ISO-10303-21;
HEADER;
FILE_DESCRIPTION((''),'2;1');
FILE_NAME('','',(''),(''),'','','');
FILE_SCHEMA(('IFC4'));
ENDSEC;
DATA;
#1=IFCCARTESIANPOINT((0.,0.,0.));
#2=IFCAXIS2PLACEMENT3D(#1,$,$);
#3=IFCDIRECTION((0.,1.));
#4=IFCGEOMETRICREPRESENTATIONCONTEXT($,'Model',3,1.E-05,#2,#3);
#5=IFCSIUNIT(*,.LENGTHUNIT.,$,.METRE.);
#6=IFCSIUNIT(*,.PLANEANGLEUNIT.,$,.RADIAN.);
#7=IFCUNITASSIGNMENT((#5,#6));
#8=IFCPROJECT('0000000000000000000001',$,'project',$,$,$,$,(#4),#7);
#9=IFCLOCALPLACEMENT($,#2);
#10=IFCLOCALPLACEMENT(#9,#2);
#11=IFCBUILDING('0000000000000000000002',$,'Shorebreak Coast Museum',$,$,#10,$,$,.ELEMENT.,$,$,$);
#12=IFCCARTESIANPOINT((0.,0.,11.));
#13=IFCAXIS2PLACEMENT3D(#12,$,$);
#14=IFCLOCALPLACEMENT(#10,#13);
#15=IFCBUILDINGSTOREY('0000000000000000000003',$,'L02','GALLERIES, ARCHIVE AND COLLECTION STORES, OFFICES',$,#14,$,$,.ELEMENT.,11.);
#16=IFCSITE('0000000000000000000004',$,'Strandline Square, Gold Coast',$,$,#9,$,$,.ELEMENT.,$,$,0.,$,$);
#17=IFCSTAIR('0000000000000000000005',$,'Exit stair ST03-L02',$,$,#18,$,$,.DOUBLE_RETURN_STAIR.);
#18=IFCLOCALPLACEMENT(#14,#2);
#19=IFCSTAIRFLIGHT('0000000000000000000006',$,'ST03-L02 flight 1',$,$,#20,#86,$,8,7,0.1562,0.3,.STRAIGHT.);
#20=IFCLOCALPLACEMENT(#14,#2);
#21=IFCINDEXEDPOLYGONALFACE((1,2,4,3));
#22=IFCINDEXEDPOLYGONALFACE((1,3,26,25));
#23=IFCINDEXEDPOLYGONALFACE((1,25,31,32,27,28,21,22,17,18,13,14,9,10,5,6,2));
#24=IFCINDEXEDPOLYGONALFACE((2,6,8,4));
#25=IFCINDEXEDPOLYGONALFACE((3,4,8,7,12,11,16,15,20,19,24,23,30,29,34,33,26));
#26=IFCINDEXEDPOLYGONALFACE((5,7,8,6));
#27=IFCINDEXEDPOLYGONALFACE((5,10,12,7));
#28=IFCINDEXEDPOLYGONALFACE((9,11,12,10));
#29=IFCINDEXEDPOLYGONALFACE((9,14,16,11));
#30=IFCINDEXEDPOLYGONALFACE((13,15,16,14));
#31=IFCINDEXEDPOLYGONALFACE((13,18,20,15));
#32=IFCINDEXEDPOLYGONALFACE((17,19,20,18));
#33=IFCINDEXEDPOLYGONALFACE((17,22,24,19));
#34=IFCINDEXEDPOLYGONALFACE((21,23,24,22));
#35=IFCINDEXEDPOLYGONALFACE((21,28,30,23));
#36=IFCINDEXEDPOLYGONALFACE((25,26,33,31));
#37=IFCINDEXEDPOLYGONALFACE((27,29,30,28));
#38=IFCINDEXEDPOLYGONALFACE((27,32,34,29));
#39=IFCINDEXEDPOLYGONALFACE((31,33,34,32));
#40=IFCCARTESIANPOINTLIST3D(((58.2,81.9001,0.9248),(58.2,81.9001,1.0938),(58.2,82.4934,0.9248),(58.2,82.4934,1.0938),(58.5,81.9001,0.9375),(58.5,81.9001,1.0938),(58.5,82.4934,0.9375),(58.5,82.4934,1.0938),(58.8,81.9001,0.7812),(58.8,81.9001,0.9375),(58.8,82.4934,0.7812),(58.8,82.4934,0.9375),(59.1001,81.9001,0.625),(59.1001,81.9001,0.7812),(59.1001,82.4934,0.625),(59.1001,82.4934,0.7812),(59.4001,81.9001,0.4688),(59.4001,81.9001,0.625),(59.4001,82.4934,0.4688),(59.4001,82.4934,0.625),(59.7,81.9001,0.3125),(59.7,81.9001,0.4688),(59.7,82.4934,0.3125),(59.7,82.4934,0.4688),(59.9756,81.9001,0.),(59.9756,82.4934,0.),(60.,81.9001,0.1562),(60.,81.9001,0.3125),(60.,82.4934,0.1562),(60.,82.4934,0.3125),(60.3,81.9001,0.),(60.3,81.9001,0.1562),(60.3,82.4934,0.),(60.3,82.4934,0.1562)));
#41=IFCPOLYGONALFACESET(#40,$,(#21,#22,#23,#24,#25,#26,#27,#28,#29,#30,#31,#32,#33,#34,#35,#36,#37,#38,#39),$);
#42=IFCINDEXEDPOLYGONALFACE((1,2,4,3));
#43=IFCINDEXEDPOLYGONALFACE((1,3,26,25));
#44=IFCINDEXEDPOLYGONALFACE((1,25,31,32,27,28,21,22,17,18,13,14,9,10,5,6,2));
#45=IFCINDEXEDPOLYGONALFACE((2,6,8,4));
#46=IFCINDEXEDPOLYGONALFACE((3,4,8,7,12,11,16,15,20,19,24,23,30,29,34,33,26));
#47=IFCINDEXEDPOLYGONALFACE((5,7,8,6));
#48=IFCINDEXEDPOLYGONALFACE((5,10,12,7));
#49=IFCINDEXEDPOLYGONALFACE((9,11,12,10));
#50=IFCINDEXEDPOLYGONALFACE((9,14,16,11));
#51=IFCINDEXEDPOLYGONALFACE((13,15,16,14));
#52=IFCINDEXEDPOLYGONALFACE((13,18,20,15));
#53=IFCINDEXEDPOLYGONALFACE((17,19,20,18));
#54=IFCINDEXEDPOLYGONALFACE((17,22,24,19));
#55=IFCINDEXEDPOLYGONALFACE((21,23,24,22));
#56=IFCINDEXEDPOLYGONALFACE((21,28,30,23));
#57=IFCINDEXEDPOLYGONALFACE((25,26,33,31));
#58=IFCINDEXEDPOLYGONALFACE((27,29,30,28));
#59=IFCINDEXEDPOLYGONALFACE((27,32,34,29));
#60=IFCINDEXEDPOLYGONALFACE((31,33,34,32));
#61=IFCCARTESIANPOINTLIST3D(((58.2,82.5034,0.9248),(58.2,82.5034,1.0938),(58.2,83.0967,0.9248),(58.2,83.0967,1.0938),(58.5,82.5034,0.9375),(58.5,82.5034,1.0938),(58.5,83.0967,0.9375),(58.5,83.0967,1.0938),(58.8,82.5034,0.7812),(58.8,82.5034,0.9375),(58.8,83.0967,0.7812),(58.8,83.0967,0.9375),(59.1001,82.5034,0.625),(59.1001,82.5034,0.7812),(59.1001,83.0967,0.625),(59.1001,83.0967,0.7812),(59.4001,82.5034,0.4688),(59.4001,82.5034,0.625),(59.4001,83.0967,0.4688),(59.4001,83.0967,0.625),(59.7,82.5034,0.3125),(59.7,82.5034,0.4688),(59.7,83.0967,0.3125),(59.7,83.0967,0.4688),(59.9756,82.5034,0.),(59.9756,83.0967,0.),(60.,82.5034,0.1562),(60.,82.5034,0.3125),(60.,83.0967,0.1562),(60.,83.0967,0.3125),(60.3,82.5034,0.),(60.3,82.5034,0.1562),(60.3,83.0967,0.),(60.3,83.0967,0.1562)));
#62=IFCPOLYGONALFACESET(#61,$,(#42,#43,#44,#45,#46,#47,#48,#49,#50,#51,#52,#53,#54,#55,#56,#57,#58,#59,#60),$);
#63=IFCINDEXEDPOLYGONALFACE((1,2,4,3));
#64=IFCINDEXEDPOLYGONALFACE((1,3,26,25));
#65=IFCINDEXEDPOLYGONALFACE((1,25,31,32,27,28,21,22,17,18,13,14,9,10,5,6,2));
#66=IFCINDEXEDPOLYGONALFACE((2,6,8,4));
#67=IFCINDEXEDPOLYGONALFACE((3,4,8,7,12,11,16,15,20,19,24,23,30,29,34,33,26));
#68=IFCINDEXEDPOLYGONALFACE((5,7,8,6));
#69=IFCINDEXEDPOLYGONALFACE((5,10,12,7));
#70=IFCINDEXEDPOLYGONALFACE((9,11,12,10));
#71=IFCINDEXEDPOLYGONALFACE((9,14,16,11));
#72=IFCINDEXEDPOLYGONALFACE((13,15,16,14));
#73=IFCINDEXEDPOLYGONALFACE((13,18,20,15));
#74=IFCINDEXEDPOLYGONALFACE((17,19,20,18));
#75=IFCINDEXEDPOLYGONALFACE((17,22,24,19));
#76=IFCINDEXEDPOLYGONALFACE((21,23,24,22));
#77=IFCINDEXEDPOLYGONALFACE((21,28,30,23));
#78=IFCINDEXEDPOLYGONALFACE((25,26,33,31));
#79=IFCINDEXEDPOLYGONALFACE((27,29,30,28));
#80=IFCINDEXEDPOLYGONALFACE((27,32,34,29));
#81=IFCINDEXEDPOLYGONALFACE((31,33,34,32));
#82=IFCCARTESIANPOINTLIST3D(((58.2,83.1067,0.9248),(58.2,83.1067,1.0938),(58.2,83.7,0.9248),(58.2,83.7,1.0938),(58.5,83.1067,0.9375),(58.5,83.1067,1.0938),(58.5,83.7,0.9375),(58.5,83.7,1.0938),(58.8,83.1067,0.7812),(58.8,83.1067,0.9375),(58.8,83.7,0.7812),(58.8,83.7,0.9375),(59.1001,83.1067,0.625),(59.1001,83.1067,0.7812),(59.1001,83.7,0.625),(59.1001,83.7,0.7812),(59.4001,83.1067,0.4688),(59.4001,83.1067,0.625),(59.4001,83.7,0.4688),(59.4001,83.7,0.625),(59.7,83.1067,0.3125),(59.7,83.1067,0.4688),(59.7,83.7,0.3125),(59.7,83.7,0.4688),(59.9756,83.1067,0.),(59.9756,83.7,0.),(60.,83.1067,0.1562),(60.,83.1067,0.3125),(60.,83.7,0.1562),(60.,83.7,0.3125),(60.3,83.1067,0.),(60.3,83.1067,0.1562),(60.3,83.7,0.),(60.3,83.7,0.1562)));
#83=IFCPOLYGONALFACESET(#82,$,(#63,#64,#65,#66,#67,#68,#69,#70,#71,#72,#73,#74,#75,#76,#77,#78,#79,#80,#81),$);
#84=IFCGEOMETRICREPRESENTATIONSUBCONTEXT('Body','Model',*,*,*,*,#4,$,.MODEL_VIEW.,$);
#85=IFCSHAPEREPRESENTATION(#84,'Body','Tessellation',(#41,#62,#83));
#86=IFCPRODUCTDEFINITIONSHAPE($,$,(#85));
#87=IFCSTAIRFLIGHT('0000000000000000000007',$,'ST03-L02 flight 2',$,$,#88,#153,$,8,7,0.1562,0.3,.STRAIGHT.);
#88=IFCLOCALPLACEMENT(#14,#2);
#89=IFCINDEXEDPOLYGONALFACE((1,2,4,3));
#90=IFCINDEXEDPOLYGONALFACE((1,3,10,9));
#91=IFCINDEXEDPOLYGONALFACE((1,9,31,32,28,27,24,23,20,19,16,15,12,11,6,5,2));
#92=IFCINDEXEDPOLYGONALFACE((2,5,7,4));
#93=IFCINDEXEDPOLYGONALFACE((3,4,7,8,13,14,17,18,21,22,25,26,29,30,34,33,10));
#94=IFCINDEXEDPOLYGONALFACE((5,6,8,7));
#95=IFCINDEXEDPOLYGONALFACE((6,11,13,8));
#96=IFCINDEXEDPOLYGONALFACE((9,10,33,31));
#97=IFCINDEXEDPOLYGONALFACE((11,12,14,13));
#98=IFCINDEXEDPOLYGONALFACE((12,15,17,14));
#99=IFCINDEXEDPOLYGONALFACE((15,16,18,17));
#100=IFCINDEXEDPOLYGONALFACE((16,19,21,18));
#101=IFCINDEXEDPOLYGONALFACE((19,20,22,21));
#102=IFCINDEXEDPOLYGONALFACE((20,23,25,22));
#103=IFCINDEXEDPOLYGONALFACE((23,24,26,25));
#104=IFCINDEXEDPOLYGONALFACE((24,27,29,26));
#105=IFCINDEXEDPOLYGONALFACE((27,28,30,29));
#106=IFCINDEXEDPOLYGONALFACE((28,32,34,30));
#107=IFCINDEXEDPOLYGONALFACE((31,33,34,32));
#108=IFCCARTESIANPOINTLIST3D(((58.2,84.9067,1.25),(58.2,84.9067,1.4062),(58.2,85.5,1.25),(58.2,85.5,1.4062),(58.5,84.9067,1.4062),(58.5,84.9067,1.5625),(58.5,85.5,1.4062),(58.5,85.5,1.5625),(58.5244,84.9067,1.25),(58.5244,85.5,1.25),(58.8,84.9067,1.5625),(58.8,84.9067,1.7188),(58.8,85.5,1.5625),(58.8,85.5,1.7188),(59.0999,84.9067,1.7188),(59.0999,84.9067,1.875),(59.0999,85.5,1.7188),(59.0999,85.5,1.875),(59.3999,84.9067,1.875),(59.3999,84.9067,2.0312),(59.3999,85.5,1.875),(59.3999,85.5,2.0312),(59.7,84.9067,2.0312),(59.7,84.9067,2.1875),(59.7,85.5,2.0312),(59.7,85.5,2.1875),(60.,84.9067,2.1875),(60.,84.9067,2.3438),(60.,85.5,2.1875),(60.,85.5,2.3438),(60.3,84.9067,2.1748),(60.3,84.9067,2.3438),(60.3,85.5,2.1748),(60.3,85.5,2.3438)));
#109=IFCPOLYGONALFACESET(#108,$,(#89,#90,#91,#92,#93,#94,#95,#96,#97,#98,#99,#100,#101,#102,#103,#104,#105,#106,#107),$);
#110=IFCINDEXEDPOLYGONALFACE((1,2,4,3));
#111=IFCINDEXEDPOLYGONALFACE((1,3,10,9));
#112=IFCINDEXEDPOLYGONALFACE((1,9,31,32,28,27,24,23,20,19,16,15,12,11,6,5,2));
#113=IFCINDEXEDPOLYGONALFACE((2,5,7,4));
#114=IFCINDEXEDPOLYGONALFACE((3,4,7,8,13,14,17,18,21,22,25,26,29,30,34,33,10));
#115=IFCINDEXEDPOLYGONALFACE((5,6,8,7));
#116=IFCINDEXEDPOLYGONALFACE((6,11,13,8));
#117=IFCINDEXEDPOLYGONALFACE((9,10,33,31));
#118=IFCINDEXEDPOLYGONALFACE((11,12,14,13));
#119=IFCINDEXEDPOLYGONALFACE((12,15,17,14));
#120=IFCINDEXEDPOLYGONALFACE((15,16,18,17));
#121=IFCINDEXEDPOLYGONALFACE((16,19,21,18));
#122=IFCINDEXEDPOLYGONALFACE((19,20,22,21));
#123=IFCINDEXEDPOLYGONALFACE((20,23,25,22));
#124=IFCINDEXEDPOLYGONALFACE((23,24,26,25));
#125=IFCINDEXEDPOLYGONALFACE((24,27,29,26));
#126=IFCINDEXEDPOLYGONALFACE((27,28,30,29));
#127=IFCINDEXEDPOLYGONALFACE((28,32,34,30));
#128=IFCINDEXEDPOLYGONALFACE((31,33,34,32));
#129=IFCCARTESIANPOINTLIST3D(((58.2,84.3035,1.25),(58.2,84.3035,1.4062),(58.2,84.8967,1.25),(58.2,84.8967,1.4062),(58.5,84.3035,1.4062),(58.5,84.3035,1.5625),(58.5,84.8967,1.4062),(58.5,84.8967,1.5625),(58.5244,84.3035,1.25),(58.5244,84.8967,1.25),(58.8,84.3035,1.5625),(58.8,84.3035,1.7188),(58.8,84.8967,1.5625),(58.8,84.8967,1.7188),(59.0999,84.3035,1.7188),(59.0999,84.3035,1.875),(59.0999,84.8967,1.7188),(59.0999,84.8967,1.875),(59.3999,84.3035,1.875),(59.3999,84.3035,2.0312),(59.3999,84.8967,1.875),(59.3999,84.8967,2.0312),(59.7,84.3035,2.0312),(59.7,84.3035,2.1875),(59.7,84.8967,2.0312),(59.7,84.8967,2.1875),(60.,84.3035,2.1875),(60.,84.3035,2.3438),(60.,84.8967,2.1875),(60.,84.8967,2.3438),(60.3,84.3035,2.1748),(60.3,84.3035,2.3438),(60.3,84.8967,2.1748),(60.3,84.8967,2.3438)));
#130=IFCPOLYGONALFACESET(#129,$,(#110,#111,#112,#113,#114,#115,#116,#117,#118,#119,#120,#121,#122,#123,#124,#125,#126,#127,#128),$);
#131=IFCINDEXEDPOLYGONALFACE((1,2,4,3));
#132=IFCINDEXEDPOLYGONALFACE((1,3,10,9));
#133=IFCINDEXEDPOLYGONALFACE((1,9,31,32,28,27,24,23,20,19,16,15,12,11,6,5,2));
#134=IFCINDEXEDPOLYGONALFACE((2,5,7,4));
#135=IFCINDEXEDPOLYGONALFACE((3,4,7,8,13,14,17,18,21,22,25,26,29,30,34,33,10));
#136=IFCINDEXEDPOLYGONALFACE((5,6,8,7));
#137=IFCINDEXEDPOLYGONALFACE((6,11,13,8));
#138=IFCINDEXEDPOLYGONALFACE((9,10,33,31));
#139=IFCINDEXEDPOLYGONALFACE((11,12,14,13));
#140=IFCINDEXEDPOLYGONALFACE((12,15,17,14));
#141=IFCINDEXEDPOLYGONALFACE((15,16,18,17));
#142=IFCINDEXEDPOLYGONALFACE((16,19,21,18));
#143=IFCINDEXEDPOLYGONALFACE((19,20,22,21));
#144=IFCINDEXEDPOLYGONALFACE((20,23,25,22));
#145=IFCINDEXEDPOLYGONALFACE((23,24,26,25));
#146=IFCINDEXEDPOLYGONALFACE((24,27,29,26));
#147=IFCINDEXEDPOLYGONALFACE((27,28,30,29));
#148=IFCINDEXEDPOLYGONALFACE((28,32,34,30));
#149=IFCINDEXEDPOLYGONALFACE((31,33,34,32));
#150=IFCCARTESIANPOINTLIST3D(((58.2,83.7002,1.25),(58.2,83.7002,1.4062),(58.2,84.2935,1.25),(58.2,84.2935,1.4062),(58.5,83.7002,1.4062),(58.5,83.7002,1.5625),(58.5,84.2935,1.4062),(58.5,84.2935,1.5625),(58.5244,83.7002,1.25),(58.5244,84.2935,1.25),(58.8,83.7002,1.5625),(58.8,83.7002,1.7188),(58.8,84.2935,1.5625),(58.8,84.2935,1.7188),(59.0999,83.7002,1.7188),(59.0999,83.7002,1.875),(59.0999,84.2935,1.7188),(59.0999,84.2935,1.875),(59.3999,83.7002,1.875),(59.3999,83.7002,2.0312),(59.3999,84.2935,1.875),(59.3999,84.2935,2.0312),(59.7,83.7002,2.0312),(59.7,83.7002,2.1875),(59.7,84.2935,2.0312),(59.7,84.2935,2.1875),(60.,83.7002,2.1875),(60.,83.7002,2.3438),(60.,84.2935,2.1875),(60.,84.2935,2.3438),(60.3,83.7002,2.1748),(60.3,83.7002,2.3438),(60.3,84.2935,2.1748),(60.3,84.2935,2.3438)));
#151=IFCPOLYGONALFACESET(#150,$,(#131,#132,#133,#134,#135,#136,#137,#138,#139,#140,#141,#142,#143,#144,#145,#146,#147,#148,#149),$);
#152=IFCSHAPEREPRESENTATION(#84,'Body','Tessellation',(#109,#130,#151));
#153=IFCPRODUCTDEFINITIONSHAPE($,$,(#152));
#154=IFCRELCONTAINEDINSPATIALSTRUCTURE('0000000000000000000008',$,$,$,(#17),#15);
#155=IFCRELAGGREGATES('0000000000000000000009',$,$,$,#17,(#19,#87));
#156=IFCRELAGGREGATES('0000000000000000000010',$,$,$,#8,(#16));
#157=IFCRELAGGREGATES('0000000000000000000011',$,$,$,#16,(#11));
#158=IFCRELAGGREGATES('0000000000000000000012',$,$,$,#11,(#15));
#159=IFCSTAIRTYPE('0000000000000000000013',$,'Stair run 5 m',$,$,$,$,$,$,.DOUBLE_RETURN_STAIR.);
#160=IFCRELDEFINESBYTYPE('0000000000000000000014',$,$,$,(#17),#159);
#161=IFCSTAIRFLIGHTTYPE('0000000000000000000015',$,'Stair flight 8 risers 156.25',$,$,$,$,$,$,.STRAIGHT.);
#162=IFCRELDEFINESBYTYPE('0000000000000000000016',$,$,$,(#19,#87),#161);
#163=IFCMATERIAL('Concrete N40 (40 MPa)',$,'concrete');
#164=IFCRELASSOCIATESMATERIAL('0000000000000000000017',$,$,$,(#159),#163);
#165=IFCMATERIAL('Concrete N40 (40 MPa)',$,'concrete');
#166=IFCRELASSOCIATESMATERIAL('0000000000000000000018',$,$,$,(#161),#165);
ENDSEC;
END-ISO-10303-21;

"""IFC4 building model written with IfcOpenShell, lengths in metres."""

from ifc_helpers import new_model, si_unit, direction, frame, origin, place, context, subcontext, project, spatial, polyline, outline, extrude, material, type_object, element, aggregate, save


model = new_model("IFC4")

# Units and contexts
model_context = context("Model", 3, precision=1e-05, world=origin(), true_north=direction((0.0, 1.0)))
body_context = subcontext(model_context, "Body", "Model", "MODEL_VIEW")
ifc_project = project(units=[si_unit("LENGTHUNIT", "METRE"), si_unit("PLANEANGLEUNIT", "RADIAN")], contexts=[model_context])

# Site, building, storey
site_placement = place(None, origin())
site = spatial("IfcSite", under=ifc_project, at=site_placement, Name="Strandline Square, Gold Coast", CompositionType="ELEMENT", RefElevation=0.0)
building_placement = place(site_placement, origin())
building = spatial("IfcBuilding", under=site, at=building_placement, Name="Shorebreak Coast Museum", CompositionType="ELEMENT")
storey_placement = place(building_placement, frame((0.0, 0.0, 11.0)))
storey = spatial("IfcBuildingStorey", under=building, at=storey_placement, Name="L02", Description="GALLERIES, ARCHIVE AND COLLECTION STORES, OFFICES", CompositionType="ELEMENT", Elevation=11.0)

# Stair, stair flights
ifc_material_1 = material(Name="Concrete N40 (40 MPa)", Category="concrete")
stair_type = type_object("IfcStairType", Name="Stair run 5 m", PredefinedType="DOUBLE_RETURN_STAIR", material=ifc_material_1)
stair_placement = place(storey_placement, origin())
stair = element("IfcStair", 1, at=stair_placement, inside=storey, type_object=stair_type, Name="Exit stair ST03-L02", PredefinedType="DOUBLE_RETURN_STAIR")
ifc_material_2 = material(Name="Concrete N40 (40 MPa)", Category="concrete")
stair_flight_type = type_object("IfcStairFlightType", Name="Stair flight 8 risers 156.25", PredefinedType="STRAIGHT", material=ifc_material_2)
stair_flight_1_placement = place(storey_placement, frame((60.3, 82.8, 0.0), z_axis=(0.0, 0.0, 1.0), x_axis=(-1.0, 0.0, 0.0)))
stair_flight_1 = element("IfcStairFlight", 2, at=stair_flight_1_placement, type_object=stair_flight_type, Name="ST03-L02 flight 1", NumberOfRisers=8, NumberOfTreads=7, PredefinedType="STRAIGHT", RiserHeight=0.1562, TreadLength=0.3, context=body_context, shape_type="SweptSolid", body=[
    extrude(outline(polyline([(0.0, 0.0), (0.0, 0.1562), (0.3, 0.1562), (0.3, 0.3125), (0.6001, 0.3125), (0.6001, 0.4688), (0.8999, 0.4688), (0.8999, 0.625), (1.2, 0.625), (1.2, 0.7812), (1.5, 0.7812), (1.5, 0.9375), (1.8, 0.9375), (1.8, 1.0938), (2.1001, 1.0938), (2.1001, 1.25), (2.1001, 0.9248), (0.3245, 0.0), (0.0, 0.0)])), frame((0.0, 0.8999, 0.0), z_axis=(0.0, -1.0, 0.0), x_axis=(1.0, 0.0, 0.0)), (0.0, 0.0, 1.0), 0.5933),
    extrude(outline(polyline([(0.0, 0.0), (0.0, 0.1562), (0.3, 0.1562), (0.3, 0.3125), (0.6001, 0.3125), (0.6001, 0.4688), (0.8999, 0.4688), (0.8999, 0.625), (1.2, 0.625), (1.2, 0.7812), (1.5, 0.7812), (1.5, 0.9375), (1.8, 0.9375), (1.8, 1.0938), (2.1001, 1.0938), (2.1001, 1.25), (2.1001, 0.9248), (0.3245, 0.0), (0.0, 0.0)])), frame((0.0, 0.2966, 0.0), z_axis=(0.0, -1.0, 0.0), x_axis=(1.0, 0.0, 0.0)), (0.0, 0.0, 1.0), 0.5933),
    extrude(outline(polyline([(0.0, 0.0), (0.0, 0.1562), (0.3, 0.1562), (0.3, 0.3125), (0.6001, 0.3125), (0.6001, 0.4688), (0.8999, 0.4688), (0.8999, 0.625), (1.2, 0.625), (1.2, 0.7812), (1.5, 0.7812), (1.5, 0.9375), (1.8, 0.9375), (1.8, 1.0938), (2.1001, 1.0938), (2.1001, 1.25), (2.1001, 0.9248), (0.3245, 0.0), (0.0, 0.0)])), frame((0.0, -0.3066, 0.0), z_axis=(0.0, -1.0, 0.0), x_axis=(1.0, 0.0, 0.0)), (0.0, 0.0, 1.0), 0.5933),
])
stair_flight_2_placement = place(storey_placement, frame((58.2, 84.6001, 1.25), z_axis=(0.0, 0.0, 1.0), x_axis=(1.0, 0.0, 0.0)))
stair_flight_2 = element("IfcStairFlight", 3, at=stair_flight_2_placement, type_object=stair_flight_type, Name="ST03-L02 flight 2", NumberOfRisers=8, NumberOfTreads=7, PredefinedType="STRAIGHT", RiserHeight=0.1562, TreadLength=0.3, context=body_context, shape_type="SweptSolid", body=[
    extrude(outline(polyline([(0.0, 0.0), (0.0, 0.1562), (0.3, 0.1562), (0.3, 0.3125), (0.6001, 0.3125), (0.6001, 0.4688), (0.8999, 0.4688), (0.8999, 0.625), (1.2, 0.625), (1.2, 0.7812), (1.5, 0.7812), (1.5, 0.9375), (1.8, 0.9375), (1.8, 1.0938), (2.1001, 1.0938), (2.1001, 1.25), (2.1001, 0.9248), (0.3245, 0.0), (0.0, 0.0)])), frame((0.0, 0.8999, 0.0), z_axis=(0.0, -1.0, 0.0), x_axis=(1.0, 0.0, 0.0)), (0.0, 0.0, 1.0), 0.5933),
    extrude(outline(polyline([(0.0, 0.0), (0.0, 0.1562), (0.3, 0.1562), (0.3, 0.3125), (0.6001, 0.3125), (0.6001, 0.4688), (0.8999, 0.4688), (0.8999, 0.625), (1.2, 0.625), (1.2, 0.7812), (1.5, 0.7812), (1.5, 0.9375), (1.8, 0.9375), (1.8, 1.0938), (2.1001, 1.0938), (2.1001, 1.25), (2.1001, 0.9248), (0.3245, 0.0), (0.0, 0.0)])), frame((0.0, 0.2966, 0.0), z_axis=(0.0, -1.0, 0.0), x_axis=(1.0, 0.0, 0.0)), (0.0, 0.0, 1.0), 0.5933),
    extrude(outline(polyline([(0.0, 0.0), (0.0, 0.1562), (0.3, 0.1562), (0.3, 0.3125), (0.6001, 0.3125), (0.6001, 0.4688), (0.8999, 0.4688), (0.8999, 0.625), (1.2, 0.625), (1.2, 0.7812), (1.5, 0.7812), (1.5, 0.9375), (1.8, 0.9375), (1.8, 1.0938), (2.1001, 1.0938), (2.1001, 1.25), (2.1001, 0.9248), (0.3245, 0.0), (0.0, 0.0)])), frame((0.0, -0.3066, 0.0), z_axis=(0.0, -1.0, 0.0), x_axis=(1.0, 0.0, 0.0)), (0.0, 0.0, 1.0), 0.5933),
])
aggregate(stair, [stair_flight_1, stair_flight_2])

save(model, "model.ifc")
